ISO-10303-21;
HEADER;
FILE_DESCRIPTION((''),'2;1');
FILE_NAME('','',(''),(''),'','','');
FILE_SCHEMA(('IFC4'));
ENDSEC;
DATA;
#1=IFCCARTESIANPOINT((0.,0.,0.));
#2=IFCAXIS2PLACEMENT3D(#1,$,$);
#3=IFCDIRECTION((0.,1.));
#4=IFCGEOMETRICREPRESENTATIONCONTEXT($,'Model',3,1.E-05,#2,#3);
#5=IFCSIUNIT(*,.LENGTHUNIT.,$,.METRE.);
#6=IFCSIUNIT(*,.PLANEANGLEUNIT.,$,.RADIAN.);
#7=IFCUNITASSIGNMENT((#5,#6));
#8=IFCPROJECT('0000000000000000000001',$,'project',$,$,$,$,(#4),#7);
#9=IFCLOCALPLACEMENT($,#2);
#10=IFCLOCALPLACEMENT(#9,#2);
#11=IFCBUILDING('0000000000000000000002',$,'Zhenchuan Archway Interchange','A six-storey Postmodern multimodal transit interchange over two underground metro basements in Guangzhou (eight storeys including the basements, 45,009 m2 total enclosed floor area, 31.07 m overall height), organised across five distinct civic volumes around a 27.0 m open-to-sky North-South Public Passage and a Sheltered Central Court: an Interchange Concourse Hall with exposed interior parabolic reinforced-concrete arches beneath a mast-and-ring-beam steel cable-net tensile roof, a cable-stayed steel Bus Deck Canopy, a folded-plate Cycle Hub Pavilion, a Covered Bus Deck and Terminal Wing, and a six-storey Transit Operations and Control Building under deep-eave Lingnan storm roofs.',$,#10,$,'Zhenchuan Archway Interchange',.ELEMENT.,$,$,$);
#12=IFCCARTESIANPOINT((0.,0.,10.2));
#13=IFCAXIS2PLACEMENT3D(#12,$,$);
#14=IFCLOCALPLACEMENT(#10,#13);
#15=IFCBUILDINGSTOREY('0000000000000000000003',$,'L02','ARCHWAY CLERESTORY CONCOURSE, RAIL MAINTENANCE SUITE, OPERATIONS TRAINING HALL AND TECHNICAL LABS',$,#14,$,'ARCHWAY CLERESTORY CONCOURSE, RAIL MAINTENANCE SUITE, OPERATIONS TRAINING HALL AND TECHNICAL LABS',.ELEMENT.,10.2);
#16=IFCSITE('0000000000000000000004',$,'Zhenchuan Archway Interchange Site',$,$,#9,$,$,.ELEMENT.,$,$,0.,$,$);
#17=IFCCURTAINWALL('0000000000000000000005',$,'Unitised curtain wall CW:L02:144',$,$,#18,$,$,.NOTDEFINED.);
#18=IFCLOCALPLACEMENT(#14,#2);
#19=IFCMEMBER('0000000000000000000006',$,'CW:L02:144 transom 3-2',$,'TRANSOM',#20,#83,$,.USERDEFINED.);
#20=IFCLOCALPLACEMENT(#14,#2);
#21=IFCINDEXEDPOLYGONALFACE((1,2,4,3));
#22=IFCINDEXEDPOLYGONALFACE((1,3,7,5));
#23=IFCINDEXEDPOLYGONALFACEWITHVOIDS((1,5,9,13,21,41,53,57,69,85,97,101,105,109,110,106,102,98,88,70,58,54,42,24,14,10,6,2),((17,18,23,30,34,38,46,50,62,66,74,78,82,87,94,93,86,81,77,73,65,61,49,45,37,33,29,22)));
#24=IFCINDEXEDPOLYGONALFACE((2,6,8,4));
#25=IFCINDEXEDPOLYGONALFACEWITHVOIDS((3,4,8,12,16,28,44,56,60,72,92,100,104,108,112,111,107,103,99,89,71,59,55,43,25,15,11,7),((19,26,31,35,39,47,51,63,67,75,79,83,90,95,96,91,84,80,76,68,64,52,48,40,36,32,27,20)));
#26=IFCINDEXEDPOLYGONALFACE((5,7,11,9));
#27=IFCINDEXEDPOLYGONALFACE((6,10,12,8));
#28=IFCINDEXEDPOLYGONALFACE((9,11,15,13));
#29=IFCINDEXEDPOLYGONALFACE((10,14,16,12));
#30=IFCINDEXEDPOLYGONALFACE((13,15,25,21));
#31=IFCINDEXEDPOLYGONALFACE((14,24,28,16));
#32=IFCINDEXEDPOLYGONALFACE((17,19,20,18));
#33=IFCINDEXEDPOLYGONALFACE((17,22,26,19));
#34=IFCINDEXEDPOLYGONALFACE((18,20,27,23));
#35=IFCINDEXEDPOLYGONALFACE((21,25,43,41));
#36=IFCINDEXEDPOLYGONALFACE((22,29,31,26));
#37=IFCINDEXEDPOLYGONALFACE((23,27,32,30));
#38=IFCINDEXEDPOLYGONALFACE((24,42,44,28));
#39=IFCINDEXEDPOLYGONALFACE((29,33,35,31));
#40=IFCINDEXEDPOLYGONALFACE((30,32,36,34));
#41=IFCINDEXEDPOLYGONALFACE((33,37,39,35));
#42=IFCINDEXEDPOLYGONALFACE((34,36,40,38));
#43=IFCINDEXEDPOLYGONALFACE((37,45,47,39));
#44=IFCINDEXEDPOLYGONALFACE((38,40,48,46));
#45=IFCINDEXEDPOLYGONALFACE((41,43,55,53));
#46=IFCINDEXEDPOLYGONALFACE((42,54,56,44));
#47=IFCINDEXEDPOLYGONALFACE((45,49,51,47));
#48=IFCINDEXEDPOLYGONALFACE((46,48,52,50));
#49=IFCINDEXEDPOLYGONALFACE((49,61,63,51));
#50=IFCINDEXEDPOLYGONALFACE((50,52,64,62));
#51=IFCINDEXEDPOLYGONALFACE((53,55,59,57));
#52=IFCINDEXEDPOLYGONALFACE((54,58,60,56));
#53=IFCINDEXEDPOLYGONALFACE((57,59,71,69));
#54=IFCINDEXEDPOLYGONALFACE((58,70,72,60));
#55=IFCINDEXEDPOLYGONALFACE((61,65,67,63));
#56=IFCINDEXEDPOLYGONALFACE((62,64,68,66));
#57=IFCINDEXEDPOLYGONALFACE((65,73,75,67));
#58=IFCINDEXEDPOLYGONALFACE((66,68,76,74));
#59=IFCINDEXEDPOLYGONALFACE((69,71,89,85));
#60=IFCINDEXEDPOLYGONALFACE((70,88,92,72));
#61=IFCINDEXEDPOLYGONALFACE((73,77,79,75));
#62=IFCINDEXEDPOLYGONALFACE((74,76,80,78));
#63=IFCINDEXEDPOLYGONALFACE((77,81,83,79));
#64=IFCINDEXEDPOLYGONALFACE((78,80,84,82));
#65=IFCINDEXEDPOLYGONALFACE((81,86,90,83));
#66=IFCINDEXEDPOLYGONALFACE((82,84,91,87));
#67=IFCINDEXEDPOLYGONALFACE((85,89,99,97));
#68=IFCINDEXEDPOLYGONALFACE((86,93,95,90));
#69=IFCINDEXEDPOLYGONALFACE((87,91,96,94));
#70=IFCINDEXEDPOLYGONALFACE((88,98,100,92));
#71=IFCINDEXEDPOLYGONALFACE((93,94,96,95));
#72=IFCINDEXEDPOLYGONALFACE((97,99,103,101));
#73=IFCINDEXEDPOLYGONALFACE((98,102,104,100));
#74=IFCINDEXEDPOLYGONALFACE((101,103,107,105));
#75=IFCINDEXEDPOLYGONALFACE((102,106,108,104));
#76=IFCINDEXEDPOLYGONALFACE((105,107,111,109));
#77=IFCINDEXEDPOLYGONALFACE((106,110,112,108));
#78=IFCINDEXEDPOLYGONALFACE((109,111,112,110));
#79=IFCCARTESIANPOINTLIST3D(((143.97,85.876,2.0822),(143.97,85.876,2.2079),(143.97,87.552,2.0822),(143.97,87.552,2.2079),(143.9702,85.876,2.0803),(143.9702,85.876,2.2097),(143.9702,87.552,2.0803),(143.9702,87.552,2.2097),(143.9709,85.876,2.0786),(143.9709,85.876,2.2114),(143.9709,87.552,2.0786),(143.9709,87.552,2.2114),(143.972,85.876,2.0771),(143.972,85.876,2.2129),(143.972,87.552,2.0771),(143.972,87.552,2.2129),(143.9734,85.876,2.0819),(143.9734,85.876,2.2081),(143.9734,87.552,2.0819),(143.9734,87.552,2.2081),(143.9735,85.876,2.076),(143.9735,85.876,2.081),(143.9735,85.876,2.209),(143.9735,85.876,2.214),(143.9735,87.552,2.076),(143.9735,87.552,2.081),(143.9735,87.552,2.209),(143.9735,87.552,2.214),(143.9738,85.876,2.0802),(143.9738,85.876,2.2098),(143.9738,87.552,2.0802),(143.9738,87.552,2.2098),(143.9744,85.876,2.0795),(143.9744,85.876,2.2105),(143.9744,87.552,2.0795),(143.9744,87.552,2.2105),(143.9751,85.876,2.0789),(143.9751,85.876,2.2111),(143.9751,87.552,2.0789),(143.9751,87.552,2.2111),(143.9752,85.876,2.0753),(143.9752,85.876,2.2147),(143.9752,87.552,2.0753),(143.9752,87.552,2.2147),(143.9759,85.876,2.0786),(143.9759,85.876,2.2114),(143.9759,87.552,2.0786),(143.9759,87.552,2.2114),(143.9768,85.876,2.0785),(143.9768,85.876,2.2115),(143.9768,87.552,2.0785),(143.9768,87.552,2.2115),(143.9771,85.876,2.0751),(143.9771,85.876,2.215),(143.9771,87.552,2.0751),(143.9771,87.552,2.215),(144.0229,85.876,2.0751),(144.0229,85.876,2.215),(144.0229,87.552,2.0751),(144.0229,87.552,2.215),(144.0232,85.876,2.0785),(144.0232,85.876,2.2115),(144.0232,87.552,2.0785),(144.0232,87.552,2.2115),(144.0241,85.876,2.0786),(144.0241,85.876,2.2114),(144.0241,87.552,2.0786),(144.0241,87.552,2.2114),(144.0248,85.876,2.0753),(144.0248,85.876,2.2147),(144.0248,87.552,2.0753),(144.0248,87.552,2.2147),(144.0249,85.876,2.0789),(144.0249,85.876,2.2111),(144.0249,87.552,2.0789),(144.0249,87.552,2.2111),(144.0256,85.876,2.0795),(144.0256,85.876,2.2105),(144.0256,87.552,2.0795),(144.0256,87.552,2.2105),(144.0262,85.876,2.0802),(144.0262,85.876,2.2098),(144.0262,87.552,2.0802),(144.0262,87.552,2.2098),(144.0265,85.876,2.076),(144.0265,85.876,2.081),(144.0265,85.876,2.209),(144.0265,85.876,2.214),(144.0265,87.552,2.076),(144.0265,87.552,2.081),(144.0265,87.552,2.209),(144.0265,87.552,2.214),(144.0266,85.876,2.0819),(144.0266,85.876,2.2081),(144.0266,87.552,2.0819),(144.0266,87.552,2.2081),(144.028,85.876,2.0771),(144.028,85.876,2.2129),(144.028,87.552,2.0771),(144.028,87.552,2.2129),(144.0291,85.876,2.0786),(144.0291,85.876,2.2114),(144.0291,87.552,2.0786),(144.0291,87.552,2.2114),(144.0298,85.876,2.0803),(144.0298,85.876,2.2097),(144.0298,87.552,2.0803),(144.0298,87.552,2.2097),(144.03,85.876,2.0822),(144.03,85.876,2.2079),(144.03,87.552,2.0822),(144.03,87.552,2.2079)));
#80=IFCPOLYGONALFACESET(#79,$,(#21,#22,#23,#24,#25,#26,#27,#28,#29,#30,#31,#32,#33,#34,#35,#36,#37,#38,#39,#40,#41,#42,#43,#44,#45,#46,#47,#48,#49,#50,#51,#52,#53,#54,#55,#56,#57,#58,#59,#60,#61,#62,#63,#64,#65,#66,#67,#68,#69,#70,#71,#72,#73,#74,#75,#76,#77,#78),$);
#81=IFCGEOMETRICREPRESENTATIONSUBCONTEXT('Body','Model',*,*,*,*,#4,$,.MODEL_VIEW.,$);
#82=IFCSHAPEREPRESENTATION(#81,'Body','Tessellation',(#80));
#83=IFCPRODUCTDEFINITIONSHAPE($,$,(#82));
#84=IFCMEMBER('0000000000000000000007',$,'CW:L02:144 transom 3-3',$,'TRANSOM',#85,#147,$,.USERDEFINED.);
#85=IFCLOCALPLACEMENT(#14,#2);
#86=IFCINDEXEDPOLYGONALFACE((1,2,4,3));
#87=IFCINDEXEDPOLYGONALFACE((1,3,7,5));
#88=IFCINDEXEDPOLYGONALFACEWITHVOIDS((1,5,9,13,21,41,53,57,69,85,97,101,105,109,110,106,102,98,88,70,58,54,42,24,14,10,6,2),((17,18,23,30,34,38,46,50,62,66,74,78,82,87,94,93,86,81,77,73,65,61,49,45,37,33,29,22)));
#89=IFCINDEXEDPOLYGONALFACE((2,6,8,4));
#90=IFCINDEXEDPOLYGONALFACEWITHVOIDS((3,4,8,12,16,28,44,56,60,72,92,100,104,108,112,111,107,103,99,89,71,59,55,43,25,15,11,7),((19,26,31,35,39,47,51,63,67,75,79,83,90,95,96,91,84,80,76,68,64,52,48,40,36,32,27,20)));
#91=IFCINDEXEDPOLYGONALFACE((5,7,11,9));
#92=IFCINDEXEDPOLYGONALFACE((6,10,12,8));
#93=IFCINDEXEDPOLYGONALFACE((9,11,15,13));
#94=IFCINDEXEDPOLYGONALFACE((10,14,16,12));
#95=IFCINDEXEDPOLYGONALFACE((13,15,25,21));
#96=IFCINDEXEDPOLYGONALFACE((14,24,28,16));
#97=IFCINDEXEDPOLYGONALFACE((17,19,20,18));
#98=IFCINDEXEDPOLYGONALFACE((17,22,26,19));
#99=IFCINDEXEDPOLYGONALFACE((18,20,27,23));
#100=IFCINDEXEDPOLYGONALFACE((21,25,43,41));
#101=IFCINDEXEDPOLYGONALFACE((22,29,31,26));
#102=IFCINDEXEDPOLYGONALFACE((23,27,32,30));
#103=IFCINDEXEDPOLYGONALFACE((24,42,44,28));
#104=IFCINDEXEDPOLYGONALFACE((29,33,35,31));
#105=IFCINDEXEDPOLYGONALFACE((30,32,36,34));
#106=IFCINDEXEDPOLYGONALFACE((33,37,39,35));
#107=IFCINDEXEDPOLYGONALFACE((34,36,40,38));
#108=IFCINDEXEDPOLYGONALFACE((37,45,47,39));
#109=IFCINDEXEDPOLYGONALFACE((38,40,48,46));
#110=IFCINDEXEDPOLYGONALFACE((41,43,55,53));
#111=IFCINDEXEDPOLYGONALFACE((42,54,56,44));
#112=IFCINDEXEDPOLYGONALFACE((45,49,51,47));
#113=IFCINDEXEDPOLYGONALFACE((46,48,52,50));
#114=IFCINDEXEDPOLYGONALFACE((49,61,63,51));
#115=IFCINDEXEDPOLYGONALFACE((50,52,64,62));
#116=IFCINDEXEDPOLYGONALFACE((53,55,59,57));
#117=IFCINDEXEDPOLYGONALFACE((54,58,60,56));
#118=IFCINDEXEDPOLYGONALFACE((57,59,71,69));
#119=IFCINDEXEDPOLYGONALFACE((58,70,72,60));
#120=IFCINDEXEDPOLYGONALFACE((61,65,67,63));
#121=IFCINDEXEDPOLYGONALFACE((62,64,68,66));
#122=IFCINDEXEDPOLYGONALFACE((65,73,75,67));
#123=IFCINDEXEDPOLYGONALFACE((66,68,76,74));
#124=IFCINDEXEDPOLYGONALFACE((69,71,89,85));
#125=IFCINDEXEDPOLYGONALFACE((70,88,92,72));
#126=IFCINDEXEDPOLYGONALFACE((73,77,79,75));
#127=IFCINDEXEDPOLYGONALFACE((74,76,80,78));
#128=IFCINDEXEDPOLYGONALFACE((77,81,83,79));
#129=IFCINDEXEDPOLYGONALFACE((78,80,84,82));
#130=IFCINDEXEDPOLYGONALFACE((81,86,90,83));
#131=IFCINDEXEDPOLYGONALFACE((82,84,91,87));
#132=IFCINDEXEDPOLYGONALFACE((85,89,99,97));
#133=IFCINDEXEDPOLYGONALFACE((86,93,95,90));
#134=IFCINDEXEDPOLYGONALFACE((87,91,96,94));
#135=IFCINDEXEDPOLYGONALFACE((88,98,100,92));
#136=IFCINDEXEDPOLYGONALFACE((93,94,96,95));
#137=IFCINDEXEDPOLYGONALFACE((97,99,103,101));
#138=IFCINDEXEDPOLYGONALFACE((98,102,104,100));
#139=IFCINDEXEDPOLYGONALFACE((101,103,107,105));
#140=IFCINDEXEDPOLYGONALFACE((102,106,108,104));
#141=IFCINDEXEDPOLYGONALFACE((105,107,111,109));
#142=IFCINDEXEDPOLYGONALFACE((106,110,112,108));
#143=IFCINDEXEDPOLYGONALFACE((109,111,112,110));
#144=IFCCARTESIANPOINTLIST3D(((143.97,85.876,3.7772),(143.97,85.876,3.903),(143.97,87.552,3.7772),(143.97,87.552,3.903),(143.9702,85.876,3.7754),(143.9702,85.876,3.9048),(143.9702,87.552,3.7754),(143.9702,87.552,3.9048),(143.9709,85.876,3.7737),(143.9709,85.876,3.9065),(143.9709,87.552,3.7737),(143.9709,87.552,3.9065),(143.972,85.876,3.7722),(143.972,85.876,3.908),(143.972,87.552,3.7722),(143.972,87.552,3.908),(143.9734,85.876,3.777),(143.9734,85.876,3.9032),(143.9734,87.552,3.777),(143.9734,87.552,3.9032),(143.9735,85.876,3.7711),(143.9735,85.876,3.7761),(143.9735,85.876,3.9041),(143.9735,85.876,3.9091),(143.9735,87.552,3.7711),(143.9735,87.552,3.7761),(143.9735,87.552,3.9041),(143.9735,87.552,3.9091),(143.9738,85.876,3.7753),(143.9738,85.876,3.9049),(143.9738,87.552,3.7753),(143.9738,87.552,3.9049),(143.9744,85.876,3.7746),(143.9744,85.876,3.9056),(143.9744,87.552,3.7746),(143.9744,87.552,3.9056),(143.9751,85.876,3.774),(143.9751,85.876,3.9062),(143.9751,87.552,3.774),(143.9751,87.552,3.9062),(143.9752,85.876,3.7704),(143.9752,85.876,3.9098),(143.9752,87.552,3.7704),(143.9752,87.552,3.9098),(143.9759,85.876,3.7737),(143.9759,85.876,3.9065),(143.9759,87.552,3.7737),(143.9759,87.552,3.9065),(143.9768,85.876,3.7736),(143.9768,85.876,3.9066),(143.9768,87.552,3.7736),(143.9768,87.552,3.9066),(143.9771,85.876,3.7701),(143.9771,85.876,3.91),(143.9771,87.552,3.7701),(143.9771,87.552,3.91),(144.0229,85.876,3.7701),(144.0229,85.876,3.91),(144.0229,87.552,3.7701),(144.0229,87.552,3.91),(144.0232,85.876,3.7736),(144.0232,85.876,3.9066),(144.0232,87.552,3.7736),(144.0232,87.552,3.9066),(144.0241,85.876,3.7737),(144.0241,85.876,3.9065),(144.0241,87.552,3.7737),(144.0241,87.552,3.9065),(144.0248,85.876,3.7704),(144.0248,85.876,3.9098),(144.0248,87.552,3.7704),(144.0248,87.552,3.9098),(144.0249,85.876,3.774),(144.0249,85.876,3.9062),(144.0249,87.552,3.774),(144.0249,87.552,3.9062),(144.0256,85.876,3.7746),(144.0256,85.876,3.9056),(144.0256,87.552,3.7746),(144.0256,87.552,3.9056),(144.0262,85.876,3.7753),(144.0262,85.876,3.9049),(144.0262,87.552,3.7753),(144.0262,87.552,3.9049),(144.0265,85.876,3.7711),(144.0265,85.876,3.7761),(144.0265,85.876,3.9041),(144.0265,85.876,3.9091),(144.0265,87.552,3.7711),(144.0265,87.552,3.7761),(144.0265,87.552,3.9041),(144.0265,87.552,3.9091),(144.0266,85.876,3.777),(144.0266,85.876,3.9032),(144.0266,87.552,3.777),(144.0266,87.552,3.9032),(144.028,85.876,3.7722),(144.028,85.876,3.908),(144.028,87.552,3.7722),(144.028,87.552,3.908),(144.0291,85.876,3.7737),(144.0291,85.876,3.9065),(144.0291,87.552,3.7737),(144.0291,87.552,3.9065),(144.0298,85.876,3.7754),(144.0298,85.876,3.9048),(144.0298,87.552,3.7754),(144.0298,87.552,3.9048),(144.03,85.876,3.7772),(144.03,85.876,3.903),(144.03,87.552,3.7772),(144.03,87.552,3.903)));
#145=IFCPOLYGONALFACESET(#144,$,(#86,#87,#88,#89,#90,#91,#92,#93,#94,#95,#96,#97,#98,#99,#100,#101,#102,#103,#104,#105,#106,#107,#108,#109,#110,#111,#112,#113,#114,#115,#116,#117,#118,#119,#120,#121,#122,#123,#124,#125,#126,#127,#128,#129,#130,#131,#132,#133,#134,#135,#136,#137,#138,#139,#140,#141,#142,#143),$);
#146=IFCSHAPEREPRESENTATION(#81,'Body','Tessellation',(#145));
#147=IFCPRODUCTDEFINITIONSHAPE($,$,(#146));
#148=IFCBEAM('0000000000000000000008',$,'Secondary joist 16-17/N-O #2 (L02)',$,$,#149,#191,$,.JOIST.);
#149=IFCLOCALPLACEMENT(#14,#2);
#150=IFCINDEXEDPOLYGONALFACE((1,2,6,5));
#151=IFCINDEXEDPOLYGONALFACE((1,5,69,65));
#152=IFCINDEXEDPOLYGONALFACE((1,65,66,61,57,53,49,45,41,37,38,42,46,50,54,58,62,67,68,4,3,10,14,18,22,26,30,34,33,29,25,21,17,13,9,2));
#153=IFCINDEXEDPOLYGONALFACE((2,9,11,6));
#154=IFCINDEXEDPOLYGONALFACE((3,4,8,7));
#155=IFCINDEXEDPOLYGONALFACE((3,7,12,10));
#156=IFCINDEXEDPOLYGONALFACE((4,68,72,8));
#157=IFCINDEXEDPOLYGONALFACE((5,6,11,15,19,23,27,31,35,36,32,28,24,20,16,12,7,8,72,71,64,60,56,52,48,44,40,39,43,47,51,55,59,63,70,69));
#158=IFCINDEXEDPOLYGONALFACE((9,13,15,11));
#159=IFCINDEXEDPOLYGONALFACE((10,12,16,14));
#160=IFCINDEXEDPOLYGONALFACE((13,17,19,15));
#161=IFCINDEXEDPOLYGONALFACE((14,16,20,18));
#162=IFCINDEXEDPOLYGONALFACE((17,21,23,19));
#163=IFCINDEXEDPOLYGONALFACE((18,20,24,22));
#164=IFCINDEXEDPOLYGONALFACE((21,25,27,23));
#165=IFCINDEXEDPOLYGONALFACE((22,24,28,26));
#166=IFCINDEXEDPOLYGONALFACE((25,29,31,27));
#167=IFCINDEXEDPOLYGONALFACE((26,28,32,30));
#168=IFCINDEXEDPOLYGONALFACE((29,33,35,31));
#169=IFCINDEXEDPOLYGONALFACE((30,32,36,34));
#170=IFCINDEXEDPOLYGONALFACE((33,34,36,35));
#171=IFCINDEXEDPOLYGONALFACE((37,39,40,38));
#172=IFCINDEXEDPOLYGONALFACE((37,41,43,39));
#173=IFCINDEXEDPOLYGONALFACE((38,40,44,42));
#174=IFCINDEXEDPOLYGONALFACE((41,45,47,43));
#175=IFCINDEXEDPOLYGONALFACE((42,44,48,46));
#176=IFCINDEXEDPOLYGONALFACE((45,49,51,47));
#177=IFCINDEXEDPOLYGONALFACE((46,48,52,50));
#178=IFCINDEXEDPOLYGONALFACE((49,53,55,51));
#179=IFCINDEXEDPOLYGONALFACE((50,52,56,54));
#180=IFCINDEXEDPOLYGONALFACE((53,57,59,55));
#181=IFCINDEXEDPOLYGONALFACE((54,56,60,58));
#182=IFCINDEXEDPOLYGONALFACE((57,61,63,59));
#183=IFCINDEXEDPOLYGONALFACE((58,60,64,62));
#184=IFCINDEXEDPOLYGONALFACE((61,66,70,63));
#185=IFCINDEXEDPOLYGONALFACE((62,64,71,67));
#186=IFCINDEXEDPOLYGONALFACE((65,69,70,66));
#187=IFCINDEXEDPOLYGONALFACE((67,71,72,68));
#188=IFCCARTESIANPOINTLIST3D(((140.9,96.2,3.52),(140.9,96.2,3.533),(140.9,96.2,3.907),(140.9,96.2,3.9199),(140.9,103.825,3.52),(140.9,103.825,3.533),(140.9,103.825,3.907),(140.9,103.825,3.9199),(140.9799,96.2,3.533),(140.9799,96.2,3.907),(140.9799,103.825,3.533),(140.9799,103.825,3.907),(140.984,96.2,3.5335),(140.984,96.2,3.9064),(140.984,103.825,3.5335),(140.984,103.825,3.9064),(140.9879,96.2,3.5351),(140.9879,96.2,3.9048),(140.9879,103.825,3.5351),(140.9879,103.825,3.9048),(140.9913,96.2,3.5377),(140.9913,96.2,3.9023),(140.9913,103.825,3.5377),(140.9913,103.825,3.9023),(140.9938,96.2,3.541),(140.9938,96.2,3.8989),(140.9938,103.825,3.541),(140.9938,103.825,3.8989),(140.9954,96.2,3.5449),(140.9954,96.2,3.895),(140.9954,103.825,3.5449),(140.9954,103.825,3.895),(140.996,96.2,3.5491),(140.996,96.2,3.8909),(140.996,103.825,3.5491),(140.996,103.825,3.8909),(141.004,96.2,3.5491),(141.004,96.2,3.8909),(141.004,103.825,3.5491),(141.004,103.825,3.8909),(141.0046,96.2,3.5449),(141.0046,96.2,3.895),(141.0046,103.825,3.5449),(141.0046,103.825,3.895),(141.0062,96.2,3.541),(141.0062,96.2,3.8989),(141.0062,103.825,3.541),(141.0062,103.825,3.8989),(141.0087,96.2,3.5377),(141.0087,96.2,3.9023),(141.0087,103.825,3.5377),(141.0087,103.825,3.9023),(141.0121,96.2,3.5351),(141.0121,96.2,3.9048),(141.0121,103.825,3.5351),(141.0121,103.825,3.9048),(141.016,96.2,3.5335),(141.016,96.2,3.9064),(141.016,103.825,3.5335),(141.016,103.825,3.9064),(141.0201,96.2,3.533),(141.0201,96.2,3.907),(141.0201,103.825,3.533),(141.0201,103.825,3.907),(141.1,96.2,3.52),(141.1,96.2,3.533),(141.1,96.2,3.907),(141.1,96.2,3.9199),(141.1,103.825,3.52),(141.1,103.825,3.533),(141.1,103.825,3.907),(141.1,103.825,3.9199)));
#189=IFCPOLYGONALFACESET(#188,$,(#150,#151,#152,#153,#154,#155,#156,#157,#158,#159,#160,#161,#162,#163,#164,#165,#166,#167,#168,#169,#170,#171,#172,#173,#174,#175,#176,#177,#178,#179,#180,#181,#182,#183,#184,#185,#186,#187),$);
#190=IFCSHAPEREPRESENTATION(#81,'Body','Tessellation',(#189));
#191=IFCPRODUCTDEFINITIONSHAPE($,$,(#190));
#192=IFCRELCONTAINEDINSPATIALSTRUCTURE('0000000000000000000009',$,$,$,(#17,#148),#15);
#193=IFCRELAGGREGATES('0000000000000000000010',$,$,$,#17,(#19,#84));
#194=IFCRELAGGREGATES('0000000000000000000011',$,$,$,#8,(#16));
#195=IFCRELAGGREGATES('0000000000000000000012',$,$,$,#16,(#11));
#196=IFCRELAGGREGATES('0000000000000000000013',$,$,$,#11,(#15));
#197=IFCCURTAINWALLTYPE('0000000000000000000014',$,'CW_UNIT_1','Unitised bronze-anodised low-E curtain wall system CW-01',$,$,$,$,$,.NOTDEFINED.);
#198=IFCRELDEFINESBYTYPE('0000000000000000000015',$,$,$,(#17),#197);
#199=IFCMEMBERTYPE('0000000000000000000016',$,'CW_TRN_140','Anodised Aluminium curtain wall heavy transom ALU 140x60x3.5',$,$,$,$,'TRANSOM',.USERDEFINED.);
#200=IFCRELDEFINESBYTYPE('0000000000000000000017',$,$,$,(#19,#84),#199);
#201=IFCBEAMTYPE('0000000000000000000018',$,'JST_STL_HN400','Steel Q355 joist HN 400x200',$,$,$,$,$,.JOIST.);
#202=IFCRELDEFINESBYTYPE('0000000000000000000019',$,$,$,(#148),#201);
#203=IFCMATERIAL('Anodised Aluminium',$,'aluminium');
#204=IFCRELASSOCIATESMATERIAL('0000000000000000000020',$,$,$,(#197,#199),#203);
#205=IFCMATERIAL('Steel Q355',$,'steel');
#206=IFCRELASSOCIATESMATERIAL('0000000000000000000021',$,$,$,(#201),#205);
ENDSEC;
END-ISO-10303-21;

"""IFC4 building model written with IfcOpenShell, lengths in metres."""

from ifc_helpers import new_model, si_unit, direction, frame, origin, origin_2d, place, context, subcontext, project, spatial, hollow_rectangle, i_section, extrude, material, material_profile, profile_set, type_object, element, aggregate, save


model = new_model("IFC4")

# Units and contexts
model_context = context("Model", 3, precision=1e-05, world=origin(), true_north=direction((0.0, 1.0)))
body_context = subcontext(model_context, "Body", "Model", "MODEL_VIEW")
ifc_project = project(units=[si_unit("LENGTHUNIT", "METRE"), si_unit("PLANEANGLEUNIT", "RADIAN")], contexts=[model_context])

# Site, building, storey
site_placement = place(None, origin())
site = spatial("IfcSite", under=ifc_project, at=site_placement, Name="Zhenchuan Archway Interchange Site", CompositionType="ELEMENT", RefElevation=0.0)
building_placement = place(site_placement, origin())
building = spatial("IfcBuilding", under=site, at=building_placement, Name="Zhenchuan Archway Interchange", Description="A six-storey Postmodern multimodal transit interchange over two underground metro basements in Guangzhou (eight storeys including the basements, 45,009 m2 total enclosed floor area, 31.07 m overall height), organised across five distinct civic volumes around a 27.0 m open-to-sky North-South Public Passage and a Sheltered Central Court: an Interchange Concourse Hall with exposed interior parabolic reinforced-concrete arches beneath a mast-and-ring-beam steel cable-net tensile roof, a cable-stayed steel Bus Deck Canopy, a folded-plate Cycle Hub Pavilion, a Covered Bus Deck and Terminal Wing, and a six-storey Transit Operations and Control Building under deep-eave Lingnan storm roofs.", LongName="Zhenchuan Archway Interchange", CompositionType="ELEMENT")
storey_placement = place(building_placement, frame((0.0, 0.0, 10.2)))
storey = spatial("IfcBuildingStorey", under=building, at=storey_placement, Name="L02", Description="ARCHWAY CLERESTORY CONCOURSE, RAIL MAINTENANCE SUITE, OPERATIONS TRAINING HALL AND TECHNICAL LABS", LongName="ARCHWAY CLERESTORY CONCOURSE, RAIL MAINTENANCE SUITE, OPERATIONS TRAINING HALL AND TECHNICAL LABS", CompositionType="ELEMENT", Elevation=10.2)

# Curtain wall, members
ifc_material_1 = material(Name="Anodised Aluminium", Category="aluminium")
curtain_wall_type = type_object("IfcCurtainWallType", Name="CW_UNIT_1", Description="Unitised bronze-anodised low-E curtain wall system CW-01", PredefinedType="NOTDEFINED", material=ifc_material_1)
curtain_wall_placement = place(storey_placement, origin())
curtain_wall = element("IfcCurtainWall", 1, at=curtain_wall_placement, inside=storey, type_object=curtain_wall_type, Name="Unitised curtain wall CW:L02:144", PredefinedType="NOTDEFINED")
ifc_material_profile_1 = material_profile(ifc_material_1, hollow_rectangle(XDim=0.0601, YDim=0.1399, WallThickness=0.0034, InnerFilletRadius=0.0034, OuterFilletRadius=0.0071, at=origin_2d()), Name="ALU 140x60x3.5")
ifc_profile_set_1 = profile_set([ifc_material_profile_1], Name="Anodised Aluminium")
member_type_1 = type_object("IfcMemberType", Name="CW_TRN_140", Description="Anodised Aluminium curtain wall heavy transom ALU 140x60x3.5", ElementType="TRANSOM", PredefinedType="USERDEFINED", material=ifc_profile_set_1)
member_1_placement = place(storey_placement, frame((144.0, 85.876, 2.145), z_axis=(0.0, 1.0, 0.0), x_axis=(-1.0, 0.0, 0.0)))
member_1 = element("IfcMember", 2, at=member_1_placement, type_object=member_type_1, Name="CW:L02:144 transom 3-2", ObjectType="TRANSOM", PredefinedType="USERDEFINED", context=body_context, shape_type="SweptSolid", body=[
    extrude(hollow_rectangle(XDim=0.0601, YDim=0.1399, WallThickness=0.0034, InnerFilletRadius=0.0034, OuterFilletRadius=0.0071, at=origin_2d()), origin(), (0.0, 0.0, 1.0), 1.676),
])
member_2_placement = place(storey_placement, frame((144.0, 85.876, 3.8401), z_axis=(0.0, 1.0, 0.0), x_axis=(-1.0, 0.0, 0.0)))
member_2 = element("IfcMember", 3, at=member_2_placement, type_object=member_type_1, Name="CW:L02:144 transom 3-3", ObjectType="TRANSOM", PredefinedType="USERDEFINED", context=body_context, shape_type="SweptSolid", body=[
    extrude(hollow_rectangle(XDim=0.0601, YDim=0.1399, WallThickness=0.0034, InnerFilletRadius=0.0034, OuterFilletRadius=0.0071, at=origin_2d()), origin(), (0.0, 0.0, 1.0), 1.676),
])

# Beam
ifc_material_2 = material(Name="Steel Q355", Category="steel")
ifc_material_profile_2 = material_profile(ifc_material_2, i_section(OverallWidth=0.2, OverallDepth=0.3999, WebThickness=0.0081, FlangeThickness=0.0129, FilletRadius=0.0161, at=origin_2d()), Name="HN 400x200")
ifc_profile_set_2 = profile_set([ifc_material_profile_2], Name="Steel Q355")
beam_type_1 = type_object("IfcBeamType", Name="JST_STL_HN400", Description="Steel Q355 joist HN 400x200", PredefinedType="JOIST", material=ifc_profile_set_2)
beam_1_placement = place(storey_placement, frame((141.0, 96.2, 3.72), z_axis=(0.0, 1.0, 0.0), x_axis=(-1.0, 0.0, 0.0)))
element("IfcBeam", 4, at=beam_1_placement, inside=storey, type_object=beam_type_1, Name="Secondary joist 16-17/N-O #2 (L02)", PredefinedType="JOIST", context=body_context, shape_type="SweptSolid", body=[
    extrude(i_section(OverallWidth=0.2, OverallDepth=0.3999, WebThickness=0.0081, FlangeThickness=0.0129, FilletRadius=0.0161, at=origin_2d()), origin(), (0.0, 0.0, 1.0), 7.625),
])

aggregate(curtain_wall, [member_1, member_2])

save(model, "model.ifc")
